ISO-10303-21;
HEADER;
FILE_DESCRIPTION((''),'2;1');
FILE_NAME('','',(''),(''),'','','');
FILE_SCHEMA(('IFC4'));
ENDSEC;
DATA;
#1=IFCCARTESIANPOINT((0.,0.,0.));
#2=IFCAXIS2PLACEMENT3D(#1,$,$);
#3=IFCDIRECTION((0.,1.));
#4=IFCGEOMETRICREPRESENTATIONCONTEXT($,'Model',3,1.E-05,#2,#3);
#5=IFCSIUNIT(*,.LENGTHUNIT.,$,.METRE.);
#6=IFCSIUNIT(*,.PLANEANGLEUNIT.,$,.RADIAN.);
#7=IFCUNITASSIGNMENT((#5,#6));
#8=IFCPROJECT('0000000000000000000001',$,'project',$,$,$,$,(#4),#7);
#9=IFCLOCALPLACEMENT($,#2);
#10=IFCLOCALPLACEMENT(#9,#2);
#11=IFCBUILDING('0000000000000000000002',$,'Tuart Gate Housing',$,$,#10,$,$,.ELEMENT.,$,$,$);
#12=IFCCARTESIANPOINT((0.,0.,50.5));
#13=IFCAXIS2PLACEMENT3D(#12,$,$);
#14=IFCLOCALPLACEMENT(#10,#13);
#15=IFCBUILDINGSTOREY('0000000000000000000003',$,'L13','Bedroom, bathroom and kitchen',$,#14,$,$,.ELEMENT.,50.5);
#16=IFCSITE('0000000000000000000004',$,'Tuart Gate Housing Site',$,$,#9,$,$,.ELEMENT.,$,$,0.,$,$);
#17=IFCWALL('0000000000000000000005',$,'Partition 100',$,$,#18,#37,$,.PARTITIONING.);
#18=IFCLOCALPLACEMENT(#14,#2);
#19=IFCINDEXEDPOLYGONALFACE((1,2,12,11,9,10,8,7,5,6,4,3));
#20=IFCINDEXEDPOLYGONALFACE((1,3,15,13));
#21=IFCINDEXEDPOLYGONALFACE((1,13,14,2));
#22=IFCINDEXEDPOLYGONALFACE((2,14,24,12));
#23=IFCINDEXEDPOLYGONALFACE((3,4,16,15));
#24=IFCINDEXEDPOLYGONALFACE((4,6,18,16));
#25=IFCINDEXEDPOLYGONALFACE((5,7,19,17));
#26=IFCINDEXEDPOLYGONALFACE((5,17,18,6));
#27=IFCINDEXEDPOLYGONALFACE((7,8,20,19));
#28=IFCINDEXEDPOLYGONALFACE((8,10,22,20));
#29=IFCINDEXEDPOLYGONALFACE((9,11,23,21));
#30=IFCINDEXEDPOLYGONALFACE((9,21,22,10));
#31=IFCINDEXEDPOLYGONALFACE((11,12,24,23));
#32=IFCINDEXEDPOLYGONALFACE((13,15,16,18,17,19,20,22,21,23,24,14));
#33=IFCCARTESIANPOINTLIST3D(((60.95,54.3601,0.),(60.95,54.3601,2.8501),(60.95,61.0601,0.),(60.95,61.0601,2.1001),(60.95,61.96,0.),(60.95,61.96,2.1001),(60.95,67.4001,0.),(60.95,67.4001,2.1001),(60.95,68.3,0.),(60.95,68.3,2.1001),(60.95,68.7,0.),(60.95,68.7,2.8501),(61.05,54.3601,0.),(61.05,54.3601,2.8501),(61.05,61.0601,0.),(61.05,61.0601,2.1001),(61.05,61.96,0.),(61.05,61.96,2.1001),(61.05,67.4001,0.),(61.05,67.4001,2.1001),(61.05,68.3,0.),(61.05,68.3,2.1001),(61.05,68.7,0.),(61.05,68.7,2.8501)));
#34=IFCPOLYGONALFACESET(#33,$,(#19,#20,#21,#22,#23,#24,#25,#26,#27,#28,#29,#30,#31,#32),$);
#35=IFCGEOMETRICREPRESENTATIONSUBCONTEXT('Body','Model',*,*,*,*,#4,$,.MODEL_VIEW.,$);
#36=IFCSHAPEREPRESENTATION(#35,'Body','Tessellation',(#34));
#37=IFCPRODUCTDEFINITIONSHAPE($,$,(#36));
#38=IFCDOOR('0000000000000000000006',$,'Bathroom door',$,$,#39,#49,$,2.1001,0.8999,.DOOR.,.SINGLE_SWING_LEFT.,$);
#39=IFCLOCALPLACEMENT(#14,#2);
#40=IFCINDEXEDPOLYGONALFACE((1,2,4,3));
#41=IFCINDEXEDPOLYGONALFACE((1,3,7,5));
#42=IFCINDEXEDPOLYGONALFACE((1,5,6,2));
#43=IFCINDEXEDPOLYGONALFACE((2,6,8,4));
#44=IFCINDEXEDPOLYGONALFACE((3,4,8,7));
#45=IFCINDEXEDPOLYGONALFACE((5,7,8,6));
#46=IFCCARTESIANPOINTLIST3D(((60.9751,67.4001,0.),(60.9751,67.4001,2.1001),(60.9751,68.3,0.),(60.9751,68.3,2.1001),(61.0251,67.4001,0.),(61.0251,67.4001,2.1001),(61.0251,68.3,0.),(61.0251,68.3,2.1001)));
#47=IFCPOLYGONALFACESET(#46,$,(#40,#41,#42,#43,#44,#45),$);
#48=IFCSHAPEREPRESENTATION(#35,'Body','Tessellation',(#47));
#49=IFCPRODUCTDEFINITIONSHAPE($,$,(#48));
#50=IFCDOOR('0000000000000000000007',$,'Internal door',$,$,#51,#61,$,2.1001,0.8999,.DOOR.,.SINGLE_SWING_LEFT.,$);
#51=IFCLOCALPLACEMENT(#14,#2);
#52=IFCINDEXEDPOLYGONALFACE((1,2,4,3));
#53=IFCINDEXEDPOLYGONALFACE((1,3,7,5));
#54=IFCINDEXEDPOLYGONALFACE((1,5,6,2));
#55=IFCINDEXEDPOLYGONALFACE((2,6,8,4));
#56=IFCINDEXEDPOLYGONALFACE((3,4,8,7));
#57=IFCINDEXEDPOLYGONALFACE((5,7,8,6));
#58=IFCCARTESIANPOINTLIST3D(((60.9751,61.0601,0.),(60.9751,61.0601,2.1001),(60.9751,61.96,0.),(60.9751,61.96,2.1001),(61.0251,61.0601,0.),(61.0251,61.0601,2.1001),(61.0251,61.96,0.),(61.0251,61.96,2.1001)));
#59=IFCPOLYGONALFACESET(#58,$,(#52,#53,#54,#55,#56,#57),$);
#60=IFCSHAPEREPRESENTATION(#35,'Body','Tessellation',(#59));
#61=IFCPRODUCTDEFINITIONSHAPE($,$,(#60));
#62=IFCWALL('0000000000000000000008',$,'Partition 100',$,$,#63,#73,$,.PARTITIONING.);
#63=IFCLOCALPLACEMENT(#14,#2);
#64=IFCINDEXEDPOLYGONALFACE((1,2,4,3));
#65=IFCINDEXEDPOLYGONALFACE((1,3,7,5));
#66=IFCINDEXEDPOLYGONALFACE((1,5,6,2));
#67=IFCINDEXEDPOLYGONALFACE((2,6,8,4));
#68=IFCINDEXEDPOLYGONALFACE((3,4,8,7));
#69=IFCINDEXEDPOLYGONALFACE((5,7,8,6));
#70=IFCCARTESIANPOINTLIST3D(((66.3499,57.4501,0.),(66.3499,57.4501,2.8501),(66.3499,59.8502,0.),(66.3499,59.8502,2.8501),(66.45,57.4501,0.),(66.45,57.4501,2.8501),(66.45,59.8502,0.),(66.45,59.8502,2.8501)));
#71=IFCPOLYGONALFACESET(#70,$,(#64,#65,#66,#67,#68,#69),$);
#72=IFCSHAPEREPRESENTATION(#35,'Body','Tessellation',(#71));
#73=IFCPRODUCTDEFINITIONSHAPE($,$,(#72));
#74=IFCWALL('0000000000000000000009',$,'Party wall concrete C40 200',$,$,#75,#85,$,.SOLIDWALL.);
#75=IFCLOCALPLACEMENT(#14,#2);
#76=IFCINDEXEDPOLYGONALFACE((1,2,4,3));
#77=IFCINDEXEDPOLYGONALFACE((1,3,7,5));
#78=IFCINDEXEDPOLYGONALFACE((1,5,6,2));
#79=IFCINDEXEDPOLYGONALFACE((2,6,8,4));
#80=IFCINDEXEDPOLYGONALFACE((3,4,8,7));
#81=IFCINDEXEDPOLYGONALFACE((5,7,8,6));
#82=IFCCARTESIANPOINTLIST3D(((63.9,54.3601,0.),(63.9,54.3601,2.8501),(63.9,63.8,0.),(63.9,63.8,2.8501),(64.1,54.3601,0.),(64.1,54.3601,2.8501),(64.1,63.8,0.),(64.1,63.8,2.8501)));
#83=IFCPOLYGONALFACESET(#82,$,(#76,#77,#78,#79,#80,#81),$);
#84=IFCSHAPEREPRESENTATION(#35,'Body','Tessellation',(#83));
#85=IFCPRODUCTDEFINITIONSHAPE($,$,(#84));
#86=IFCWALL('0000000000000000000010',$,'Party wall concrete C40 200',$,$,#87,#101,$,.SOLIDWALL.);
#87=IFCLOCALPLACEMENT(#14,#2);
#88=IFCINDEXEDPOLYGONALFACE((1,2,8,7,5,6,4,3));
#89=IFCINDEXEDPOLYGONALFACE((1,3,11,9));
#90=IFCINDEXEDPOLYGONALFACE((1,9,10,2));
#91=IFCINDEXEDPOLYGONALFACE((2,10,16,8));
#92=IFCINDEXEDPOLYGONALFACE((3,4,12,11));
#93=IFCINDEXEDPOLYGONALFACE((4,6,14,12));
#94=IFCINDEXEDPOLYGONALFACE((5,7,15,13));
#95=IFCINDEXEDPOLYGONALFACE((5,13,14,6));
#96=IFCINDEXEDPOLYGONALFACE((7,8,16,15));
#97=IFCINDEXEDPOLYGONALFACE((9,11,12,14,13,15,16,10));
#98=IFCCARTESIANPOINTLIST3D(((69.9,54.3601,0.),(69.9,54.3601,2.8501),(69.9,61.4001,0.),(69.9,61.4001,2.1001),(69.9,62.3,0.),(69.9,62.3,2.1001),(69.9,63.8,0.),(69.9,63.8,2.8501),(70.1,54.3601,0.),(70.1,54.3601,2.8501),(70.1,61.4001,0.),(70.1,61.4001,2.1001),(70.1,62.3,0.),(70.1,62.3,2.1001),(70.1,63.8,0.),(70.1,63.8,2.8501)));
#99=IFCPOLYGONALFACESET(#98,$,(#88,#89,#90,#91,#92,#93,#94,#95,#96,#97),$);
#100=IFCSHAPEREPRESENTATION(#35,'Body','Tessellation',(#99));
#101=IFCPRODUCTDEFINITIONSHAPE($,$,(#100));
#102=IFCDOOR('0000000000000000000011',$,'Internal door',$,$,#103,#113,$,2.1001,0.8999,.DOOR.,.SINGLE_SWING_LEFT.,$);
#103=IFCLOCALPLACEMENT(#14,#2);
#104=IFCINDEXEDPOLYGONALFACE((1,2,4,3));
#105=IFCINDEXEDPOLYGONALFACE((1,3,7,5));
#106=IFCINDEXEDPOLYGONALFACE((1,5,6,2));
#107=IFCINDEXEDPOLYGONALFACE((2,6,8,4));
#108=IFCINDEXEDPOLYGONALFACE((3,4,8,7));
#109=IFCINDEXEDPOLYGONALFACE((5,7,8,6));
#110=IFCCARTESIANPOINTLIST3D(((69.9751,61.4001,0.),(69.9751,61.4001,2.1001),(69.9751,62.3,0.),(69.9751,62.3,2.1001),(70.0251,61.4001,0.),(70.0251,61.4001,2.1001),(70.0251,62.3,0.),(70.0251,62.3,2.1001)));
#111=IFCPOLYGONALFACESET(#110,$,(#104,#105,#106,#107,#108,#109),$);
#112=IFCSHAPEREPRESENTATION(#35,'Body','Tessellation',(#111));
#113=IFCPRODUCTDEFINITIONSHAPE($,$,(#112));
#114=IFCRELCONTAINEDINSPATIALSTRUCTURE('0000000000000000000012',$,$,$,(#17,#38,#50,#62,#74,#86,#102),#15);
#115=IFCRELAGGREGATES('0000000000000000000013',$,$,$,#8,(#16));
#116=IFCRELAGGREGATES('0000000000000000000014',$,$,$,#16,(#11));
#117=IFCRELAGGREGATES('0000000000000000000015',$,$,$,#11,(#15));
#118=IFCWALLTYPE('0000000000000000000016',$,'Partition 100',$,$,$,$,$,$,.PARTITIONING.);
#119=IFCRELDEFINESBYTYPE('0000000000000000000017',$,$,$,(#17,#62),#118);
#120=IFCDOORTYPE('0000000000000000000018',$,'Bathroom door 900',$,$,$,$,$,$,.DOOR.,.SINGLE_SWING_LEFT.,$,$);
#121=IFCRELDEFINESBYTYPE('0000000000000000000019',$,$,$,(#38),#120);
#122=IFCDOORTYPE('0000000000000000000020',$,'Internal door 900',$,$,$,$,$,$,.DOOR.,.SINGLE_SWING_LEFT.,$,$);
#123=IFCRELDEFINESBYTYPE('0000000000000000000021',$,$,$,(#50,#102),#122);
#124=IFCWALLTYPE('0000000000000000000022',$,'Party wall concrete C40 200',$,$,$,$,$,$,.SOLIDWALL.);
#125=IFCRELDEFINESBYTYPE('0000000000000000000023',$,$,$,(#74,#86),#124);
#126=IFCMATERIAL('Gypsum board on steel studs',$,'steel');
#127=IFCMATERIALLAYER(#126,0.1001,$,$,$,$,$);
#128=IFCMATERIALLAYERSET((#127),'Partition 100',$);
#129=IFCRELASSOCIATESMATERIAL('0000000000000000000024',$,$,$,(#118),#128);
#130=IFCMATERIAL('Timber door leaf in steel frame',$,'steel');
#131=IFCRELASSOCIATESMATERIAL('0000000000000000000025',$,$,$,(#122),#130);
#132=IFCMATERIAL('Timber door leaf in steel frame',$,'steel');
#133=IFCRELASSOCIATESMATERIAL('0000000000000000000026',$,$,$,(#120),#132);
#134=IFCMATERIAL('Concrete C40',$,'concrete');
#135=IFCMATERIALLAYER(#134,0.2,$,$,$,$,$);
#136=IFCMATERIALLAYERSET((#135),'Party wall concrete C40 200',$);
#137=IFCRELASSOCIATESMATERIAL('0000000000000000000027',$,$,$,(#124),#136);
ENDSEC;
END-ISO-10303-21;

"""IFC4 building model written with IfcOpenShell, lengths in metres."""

from ifc_helpers import new_model, si_unit, direction, frame, frame_2d, origin, place, context, subcontext, project, spatial, rectangle, extrude, material, layer, layer_set, type_object, element, fill, save


model = new_model("IFC4")

# Units and contexts
model_context = context("Model", 3, precision=1e-05, world=origin(), true_north=direction((0.0, 1.0)))
body_context = subcontext(model_context, "Body", "Model", "MODEL_VIEW")
ifc_project = project(units=[si_unit("LENGTHUNIT", "METRE"), si_unit("PLANEANGLEUNIT", "RADIAN")], contexts=[model_context])

# Site, building, storey
site_placement = place(None, origin())
site = spatial("IfcSite", under=ifc_project, at=site_placement, Name="Tuart Gate Housing Site", CompositionType="ELEMENT", RefElevation=0.0)
building_placement = place(site_placement, origin())
building = spatial("IfcBuilding", under=site, at=building_placement, Name="Tuart Gate Housing", CompositionType="ELEMENT")
storey_placement = place(building_placement, frame((0.0, 0.0, 50.5)))
storey = spatial("IfcBuildingStorey", under=building, at=storey_placement, Name="L13", Description="Bedroom, bathroom and kitchen", CompositionType="ELEMENT", Elevation=50.5)

# Shared definitions
ifc_material_1 = material(Name="Gypsum board on steel studs", Category="steel")
ifc_layer_1 = layer(ifc_material_1, 0.1001)
ifc_layer_set_1 = layer_set([ifc_layer_1], Name="Partition 100")
wall_type_1 = type_object("IfcWallType", Name="Partition 100", PredefinedType="PARTITIONING", material=ifc_layer_set_1)

# Shared definitions
ifc_material_2 = material(Name="Timber door leaf in steel frame", Category="steel")
door_type_1 = type_object("IfcDoorType", Name="Internal door 900", OperationType="SINGLE_SWING_LEFT", PredefinedType="DOOR", material=ifc_material_2)

# Shared definitions
ifc_material_3 = material(Name="Timber door leaf in steel frame", Category="steel")
door_type_2 = type_object("IfcDoorType", Name="Bathroom door 900", OperationType="SINGLE_SWING_LEFT", PredefinedType="DOOR", material=ifc_material_3)

# Wall, openings, doors
wall_1_placement = place(storey_placement, frame((61.0, 54.3601, 0.0), z_axis=(0.0, 0.0, 1.0), x_axis=(0.0, 1.0, 0.0)))
wall_1 = element("IfcWall", 1, at=wall_1_placement, inside=storey, type_object=wall_type_1, Name="Partition 100", PredefinedType="PARTITIONING", context=body_context, shape_type="SweptSolid", body=[
    extrude(rectangle(XDim=14.3398, YDim=0.1001, at=frame_2d((7.1699, 0.0))), origin(), (0.0, 0.0, 1.0), 2.8501),
])
opening_1_placement = place(wall_1_placement, frame((6.7, 0.0, 0.0)))
opening_1 = element("IfcOpeningElement", 2, at=opening_1_placement, cuts=wall_1, PredefinedType="OPENING", context=body_context, shape_type="SweptSolid", body=[
    extrude(rectangle(XDim=0.8999, YDim=2.1001, at=frame_2d((0.45, 1.05))), frame((0.0, 0.0601, 0.0), z_axis=(0.0, -1.0, 0.0), x_axis=(1.0, 0.0, 0.0)), (0.0, 0.0, 1.0), 0.1201),
])
opening_2_placement = place(wall_1_placement, frame((13.04, 0.0, 0.0)))
opening_2 = element("IfcOpeningElement", 3, at=opening_2_placement, cuts=wall_1, PredefinedType="OPENING", context=body_context, shape_type="SweptSolid", body=[
    extrude(rectangle(XDim=0.8999, YDim=2.1001, at=frame_2d((0.45, 1.05))), frame((0.0, 0.0601, 0.0), z_axis=(0.0, -1.0, 0.0), x_axis=(1.0, 0.0, 0.0)), (0.0, 0.0, 1.0), 0.1201),
])
door_1_placement = place(opening_2_placement, frame((0.8999, 0.0, 0.0), z_axis=(0.0, 0.0, 1.0), x_axis=(-1.0, 0.0, 0.0)))
door_1 = element("IfcDoor", 4, at=door_1_placement, inside=storey, type_object=door_type_2, Name="Bathroom door", OperationType="SINGLE_SWING_LEFT", OverallHeight=2.1001, OverallWidth=0.8999, PredefinedType="DOOR", context=body_context, shape_type="SweptSolid", body=[
    extrude(rectangle(XDim=0.8999, YDim=2.1001, at=frame_2d((0.45, 1.05))), frame((0.0, 0.0251, 0.0), z_axis=(0.0, -1.0, 0.0), x_axis=(1.0, 0.0, 0.0)), (0.0, 0.0, 1.0), 0.05),
])
fill(opening_2, door_1)
door_2_placement = place(opening_1_placement, frame((0.8999, 0.0, 0.0), z_axis=(0.0, 0.0, 1.0), x_axis=(-1.0, 0.0, 0.0)))
door_2 = element("IfcDoor", 5, at=door_2_placement, inside=storey, type_object=door_type_1, Name="Internal door", OperationType="SINGLE_SWING_LEFT", OverallHeight=2.1001, OverallWidth=0.8999, PredefinedType="DOOR", context=body_context, shape_type="SweptSolid", body=[
    extrude(rectangle(XDim=0.8999, YDim=2.1001, at=frame_2d((0.45, 1.05))), frame((0.0, 0.0251, 0.0), z_axis=(0.0, -1.0, 0.0), x_axis=(1.0, 0.0, 0.0)), (0.0, 0.0, 1.0), 0.05),
])
fill(opening_1, door_2)

# Walls
wall_2_placement = place(storey_placement, frame((66.3999, 57.45, 0.0), z_axis=(0.0, 0.0, 1.0), x_axis=(0.0, 1.0, 0.0)))
element("IfcWall", 6, at=wall_2_placement, inside=storey, type_object=wall_type_1, Name="Partition 100", PredefinedType="PARTITIONING", context=body_context, shape_type="SweptSolid", body=[
    extrude(rectangle(XDim=2.4001, YDim=0.1001, at=frame_2d((1.2002, 0.0))), origin(), (0.0, 0.0, 1.0), 2.8501),
])
ifc_material_4 = material(Name="Concrete C40", Category="concrete")
ifc_layer_2 = layer(ifc_material_4, 0.2)
ifc_layer_set_2 = layer_set([ifc_layer_2], Name="Party wall concrete C40 200")
wall_type_2 = type_object("IfcWallType", Name="Party wall concrete C40 200", PredefinedType="SOLIDWALL", material=ifc_layer_set_2)
wall_3_placement = place(storey_placement, frame((64.0, 54.3601, 0.0), z_axis=(0.0, 0.0, 1.0), x_axis=(0.0, 1.0, 0.0)))
element("IfcWall", 7, at=wall_3_placement, inside=storey, type_object=wall_type_2, Name="Party wall concrete C40 200", PredefinedType="SOLIDWALL", context=body_context, shape_type="SweptSolid", body=[
    extrude(rectangle(XDim=9.4399, YDim=0.2, at=frame_2d((4.72, 0.0))), origin(), (0.0, 0.0, 1.0), 2.8501),
])

# Wall, opening, door
wall_4_placement = place(storey_placement, frame((70.0, 54.3601, 0.0), z_axis=(0.0, 0.0, 1.0), x_axis=(0.0, 1.0, 0.0)))
wall_4 = element("IfcWall", 8, at=wall_4_placement, inside=storey, type_object=wall_type_2, Name="Party wall concrete C40 200", PredefinedType="SOLIDWALL", context=body_context, shape_type="SweptSolid", body=[
    extrude(rectangle(XDim=9.4399, YDim=0.2, at=frame_2d((4.72, 0.0))), origin(), (0.0, 0.0, 1.0), 2.8501),
])
opening_3_placement = place(wall_4_placement, frame((7.04, 0.0, 0.0)))
opening_3 = element("IfcOpeningElement", 9, at=opening_3_placement, cuts=wall_4, PredefinedType="OPENING", context=body_context, shape_type="SweptSolid", body=[
    extrude(rectangle(XDim=0.8999, YDim=2.1001, at=frame_2d((0.45, 1.05))), frame((0.0, 0.1099, 0.0), z_axis=(0.0, -1.0, 0.0), x_axis=(1.0, 0.0, 0.0)), (0.0, 0.0, 1.0), 0.22),
])
door_3_placement = place(opening_3_placement, origin())
door_3 = element("IfcDoor", 10, at=door_3_placement, inside=storey, type_object=door_type_1, Name="Internal door", OperationType="SINGLE_SWING_LEFT", OverallHeight=2.1001, OverallWidth=0.8999, PredefinedType="DOOR", context=body_context, shape_type="SweptSolid", body=[
    extrude(rectangle(XDim=0.8999, YDim=2.1001, at=frame_2d((0.45, 1.05))), frame((0.0, 0.0249, 0.0), z_axis=(0.0, -1.0, 0.0), x_axis=(1.0, 0.0, 0.0)), (0.0, 0.0, 1.0), 0.05),
])
fill(opening_3, door_3)

save(model, "model.ifc")
